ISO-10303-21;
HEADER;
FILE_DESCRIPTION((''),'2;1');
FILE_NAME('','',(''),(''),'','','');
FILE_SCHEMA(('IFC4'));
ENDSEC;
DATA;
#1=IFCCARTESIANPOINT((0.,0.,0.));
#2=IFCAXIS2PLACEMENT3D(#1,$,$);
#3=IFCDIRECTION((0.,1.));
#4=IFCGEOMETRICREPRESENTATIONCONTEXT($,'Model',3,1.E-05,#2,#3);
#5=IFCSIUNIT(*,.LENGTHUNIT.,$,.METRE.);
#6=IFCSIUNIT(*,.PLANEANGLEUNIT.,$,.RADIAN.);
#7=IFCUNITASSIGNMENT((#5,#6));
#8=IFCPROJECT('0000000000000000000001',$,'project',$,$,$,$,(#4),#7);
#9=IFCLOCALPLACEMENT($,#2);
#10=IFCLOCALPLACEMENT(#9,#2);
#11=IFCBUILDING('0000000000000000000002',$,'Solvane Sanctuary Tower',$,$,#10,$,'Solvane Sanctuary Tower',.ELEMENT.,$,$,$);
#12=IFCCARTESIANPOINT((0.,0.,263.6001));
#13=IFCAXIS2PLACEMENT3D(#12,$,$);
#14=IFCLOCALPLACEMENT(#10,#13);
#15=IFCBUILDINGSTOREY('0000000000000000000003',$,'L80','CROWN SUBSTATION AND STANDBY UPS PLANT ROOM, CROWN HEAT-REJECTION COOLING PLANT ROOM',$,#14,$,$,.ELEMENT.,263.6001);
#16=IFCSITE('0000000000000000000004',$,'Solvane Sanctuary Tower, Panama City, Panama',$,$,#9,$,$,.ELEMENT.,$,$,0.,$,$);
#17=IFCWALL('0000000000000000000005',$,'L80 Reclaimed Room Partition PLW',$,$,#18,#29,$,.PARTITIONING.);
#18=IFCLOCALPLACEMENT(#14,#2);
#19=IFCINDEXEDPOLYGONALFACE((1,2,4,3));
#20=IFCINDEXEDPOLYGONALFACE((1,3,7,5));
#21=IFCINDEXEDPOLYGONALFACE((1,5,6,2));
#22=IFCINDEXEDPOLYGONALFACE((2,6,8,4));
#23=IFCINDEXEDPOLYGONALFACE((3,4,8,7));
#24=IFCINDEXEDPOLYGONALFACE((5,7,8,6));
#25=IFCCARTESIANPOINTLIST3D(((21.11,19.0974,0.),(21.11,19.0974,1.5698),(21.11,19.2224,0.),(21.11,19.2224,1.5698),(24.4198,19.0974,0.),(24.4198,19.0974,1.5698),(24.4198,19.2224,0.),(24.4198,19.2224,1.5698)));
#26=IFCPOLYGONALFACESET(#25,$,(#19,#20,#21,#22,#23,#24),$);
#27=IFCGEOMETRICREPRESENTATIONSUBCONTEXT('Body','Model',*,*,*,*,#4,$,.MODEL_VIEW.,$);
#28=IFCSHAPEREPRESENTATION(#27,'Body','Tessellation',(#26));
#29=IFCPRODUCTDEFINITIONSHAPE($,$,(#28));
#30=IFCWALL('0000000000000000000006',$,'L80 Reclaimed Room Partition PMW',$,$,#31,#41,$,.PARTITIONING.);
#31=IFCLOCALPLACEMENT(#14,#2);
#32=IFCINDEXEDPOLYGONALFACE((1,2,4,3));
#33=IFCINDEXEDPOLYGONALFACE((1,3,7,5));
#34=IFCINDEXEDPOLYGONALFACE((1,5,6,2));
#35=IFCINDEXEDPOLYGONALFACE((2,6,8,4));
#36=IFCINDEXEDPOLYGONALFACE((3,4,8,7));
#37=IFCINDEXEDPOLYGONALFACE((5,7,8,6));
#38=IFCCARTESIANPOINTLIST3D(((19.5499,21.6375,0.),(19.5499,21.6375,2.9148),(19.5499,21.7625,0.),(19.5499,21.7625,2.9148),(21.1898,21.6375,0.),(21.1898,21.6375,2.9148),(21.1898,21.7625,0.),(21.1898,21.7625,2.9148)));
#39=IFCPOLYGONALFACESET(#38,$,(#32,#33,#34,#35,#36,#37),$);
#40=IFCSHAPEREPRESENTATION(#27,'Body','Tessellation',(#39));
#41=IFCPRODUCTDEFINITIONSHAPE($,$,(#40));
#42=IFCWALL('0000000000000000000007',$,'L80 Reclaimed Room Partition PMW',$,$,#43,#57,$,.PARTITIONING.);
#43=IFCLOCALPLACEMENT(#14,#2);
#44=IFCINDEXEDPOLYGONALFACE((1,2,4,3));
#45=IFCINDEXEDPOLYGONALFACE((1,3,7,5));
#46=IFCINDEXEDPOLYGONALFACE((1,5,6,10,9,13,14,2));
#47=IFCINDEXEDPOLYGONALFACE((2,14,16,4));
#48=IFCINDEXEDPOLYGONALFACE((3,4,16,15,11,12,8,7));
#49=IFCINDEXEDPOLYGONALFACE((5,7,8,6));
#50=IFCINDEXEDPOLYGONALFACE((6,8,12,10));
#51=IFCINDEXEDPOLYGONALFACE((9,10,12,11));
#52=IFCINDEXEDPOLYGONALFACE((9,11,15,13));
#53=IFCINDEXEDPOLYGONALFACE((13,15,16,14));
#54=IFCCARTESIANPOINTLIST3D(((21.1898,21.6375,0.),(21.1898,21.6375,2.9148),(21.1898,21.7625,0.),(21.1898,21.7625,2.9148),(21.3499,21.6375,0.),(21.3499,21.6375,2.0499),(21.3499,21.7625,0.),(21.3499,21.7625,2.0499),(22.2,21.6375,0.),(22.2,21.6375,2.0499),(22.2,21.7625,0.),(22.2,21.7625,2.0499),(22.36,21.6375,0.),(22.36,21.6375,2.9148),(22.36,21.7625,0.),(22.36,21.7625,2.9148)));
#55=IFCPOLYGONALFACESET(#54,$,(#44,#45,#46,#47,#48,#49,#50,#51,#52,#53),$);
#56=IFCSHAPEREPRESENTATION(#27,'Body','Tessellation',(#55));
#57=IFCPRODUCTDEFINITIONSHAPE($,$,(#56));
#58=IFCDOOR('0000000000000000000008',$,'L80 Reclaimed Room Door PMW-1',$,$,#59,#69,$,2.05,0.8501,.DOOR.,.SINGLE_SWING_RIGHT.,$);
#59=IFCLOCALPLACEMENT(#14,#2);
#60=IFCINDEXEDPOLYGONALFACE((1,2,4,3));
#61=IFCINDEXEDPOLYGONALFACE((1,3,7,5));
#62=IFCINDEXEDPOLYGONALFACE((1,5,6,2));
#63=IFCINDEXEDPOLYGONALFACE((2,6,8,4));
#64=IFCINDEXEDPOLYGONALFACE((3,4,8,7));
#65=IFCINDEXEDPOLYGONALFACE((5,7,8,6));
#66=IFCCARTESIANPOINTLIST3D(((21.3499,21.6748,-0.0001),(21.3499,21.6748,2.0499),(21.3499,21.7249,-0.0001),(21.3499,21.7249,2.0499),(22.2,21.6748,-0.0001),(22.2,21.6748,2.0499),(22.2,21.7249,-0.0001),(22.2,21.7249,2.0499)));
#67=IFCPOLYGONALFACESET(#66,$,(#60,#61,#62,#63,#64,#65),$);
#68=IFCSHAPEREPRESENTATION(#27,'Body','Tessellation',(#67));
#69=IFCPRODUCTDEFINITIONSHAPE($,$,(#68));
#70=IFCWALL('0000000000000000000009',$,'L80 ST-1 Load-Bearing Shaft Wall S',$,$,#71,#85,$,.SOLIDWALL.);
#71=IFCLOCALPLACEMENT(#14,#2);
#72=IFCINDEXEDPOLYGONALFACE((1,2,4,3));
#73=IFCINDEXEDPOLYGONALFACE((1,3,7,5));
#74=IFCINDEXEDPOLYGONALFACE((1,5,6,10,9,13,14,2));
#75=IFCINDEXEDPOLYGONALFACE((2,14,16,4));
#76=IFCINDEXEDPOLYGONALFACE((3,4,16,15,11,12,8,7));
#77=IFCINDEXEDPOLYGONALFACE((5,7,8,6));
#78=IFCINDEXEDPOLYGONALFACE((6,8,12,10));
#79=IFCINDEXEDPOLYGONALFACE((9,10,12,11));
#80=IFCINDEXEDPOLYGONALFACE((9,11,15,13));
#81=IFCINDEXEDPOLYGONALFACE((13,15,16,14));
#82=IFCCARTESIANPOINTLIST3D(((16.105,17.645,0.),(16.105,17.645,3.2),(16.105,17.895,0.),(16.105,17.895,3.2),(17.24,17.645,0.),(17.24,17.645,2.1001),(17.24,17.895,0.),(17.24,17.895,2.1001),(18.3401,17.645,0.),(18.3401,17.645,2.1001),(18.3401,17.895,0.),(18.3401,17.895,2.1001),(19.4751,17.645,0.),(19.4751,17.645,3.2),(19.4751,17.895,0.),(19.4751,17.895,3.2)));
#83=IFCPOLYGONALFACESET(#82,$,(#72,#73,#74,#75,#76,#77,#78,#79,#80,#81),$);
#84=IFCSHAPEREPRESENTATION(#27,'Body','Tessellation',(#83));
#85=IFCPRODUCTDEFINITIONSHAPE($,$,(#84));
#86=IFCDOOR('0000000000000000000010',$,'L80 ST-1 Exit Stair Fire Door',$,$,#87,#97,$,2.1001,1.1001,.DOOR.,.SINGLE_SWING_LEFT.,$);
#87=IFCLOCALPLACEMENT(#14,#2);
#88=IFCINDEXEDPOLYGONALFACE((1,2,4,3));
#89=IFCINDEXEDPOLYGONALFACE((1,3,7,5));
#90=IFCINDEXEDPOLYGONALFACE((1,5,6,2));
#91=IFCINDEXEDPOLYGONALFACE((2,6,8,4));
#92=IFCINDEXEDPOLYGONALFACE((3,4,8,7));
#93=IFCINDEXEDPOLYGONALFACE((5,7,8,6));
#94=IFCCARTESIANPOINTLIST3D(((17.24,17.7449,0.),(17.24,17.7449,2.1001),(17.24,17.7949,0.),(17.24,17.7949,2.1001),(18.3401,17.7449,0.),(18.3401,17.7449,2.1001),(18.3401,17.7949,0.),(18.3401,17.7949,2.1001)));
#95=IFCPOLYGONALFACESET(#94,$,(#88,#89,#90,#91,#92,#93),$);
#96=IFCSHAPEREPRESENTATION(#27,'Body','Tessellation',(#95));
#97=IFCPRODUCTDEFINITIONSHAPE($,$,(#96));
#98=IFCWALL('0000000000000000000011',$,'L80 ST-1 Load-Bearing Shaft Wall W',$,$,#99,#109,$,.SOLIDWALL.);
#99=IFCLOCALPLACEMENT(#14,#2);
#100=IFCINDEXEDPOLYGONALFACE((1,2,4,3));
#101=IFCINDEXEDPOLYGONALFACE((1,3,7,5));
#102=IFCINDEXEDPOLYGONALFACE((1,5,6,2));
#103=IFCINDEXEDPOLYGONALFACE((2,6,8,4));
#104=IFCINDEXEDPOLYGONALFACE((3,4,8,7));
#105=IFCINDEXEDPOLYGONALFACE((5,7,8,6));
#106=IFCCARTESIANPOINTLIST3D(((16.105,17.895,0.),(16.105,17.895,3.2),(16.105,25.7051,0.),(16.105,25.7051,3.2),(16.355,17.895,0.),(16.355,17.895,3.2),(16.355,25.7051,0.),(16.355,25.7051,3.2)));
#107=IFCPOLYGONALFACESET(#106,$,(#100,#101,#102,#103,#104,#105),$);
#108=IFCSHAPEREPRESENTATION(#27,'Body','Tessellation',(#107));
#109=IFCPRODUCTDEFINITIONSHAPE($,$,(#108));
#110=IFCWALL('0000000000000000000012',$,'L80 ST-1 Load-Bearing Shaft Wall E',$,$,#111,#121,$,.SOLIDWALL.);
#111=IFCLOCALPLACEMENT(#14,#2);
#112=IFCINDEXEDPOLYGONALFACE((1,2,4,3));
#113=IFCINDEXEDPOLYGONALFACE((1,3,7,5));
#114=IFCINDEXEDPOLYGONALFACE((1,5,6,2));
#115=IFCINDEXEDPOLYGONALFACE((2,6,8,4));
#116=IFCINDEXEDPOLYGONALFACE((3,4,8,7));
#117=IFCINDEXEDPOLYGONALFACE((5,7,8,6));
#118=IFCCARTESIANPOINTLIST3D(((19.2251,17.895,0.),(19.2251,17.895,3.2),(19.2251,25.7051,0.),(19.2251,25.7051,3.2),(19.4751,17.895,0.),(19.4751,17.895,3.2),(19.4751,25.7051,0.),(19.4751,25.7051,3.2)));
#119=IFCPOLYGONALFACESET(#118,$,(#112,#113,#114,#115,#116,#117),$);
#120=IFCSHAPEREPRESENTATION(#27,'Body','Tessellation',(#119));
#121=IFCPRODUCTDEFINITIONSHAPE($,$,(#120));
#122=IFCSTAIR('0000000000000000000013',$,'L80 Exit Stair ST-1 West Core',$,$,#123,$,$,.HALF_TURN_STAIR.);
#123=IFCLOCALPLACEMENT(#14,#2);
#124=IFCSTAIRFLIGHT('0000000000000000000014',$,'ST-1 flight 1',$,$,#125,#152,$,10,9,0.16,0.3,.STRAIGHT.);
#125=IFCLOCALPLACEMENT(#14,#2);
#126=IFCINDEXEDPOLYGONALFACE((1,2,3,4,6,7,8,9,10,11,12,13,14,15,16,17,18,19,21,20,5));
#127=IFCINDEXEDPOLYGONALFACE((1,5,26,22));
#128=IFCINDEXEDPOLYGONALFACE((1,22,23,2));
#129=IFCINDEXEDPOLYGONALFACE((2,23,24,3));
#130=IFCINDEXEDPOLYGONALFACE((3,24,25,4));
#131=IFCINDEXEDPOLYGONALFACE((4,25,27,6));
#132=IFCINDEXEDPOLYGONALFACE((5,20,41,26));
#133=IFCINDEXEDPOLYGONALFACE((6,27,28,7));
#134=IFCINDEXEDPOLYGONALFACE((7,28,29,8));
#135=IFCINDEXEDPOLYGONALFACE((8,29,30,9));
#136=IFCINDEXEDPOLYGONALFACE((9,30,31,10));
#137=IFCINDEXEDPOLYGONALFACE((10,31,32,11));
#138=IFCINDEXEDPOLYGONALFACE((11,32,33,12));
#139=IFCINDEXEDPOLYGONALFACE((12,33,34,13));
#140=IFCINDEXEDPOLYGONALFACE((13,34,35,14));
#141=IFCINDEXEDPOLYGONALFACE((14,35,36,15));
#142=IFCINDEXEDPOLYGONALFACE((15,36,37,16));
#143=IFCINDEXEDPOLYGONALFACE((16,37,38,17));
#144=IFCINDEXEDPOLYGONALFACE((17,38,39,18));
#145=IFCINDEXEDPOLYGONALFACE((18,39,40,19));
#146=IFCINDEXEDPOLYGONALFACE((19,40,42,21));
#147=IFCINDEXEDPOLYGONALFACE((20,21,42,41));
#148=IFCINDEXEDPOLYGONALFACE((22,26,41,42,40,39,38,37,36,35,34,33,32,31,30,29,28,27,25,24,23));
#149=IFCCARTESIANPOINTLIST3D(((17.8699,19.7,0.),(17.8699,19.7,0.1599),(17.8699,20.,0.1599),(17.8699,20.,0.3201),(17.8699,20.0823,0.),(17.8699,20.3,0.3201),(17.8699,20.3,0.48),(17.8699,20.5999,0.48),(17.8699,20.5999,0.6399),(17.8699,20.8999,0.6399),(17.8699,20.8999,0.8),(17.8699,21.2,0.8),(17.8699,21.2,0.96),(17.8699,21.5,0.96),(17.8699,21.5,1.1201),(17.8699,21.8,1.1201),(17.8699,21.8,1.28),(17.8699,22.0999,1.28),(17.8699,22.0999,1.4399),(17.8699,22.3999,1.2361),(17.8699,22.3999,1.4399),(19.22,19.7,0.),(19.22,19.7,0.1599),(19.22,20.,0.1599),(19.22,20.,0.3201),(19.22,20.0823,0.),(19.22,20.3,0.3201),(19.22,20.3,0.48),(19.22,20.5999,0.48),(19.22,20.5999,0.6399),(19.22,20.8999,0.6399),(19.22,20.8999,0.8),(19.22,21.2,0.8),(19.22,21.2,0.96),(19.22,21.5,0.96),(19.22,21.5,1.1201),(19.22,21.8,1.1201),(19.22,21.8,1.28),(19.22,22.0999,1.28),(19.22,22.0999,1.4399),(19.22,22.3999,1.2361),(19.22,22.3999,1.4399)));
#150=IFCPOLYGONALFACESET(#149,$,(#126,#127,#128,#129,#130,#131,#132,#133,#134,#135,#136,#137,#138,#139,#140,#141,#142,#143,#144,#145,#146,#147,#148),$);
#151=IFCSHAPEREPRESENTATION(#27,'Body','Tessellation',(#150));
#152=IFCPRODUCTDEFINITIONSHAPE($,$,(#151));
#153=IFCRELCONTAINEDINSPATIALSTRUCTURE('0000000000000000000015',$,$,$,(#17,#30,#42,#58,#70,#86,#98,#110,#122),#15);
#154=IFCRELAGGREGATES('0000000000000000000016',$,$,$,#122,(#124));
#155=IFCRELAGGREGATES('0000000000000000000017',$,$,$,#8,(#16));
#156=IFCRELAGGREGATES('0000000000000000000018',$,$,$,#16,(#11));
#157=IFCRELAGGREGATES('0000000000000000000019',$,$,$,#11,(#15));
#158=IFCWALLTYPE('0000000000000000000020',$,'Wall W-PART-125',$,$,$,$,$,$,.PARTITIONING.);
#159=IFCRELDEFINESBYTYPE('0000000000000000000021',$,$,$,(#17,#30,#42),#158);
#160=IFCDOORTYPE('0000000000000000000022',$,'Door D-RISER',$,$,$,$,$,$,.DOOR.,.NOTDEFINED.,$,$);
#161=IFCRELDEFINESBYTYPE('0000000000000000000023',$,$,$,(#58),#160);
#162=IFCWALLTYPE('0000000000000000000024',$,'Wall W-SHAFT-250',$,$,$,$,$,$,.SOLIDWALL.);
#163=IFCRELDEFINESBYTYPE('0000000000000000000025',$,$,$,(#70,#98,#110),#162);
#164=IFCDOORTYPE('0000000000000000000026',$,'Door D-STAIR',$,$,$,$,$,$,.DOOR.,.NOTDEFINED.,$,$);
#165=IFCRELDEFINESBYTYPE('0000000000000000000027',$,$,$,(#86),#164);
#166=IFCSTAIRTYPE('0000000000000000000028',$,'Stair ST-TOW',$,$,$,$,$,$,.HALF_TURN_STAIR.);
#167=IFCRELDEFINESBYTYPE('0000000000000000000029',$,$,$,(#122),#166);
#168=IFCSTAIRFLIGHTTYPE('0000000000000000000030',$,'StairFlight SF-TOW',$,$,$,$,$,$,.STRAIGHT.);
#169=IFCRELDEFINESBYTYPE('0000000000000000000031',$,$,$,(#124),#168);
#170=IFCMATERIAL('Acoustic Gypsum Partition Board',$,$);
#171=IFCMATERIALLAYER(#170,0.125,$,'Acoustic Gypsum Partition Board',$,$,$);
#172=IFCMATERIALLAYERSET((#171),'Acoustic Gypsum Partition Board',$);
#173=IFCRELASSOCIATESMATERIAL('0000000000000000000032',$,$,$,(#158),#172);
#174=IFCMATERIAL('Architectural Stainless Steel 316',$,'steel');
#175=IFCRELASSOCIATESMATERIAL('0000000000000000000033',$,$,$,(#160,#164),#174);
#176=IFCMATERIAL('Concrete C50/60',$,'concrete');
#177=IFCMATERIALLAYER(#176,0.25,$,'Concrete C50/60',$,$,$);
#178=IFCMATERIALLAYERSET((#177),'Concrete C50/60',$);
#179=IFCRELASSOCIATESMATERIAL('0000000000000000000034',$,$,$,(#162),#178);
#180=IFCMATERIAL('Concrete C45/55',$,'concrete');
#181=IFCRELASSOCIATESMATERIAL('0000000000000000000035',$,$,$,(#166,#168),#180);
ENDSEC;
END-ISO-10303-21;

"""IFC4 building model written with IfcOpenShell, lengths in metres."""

from ifc_helpers import new_model, si_unit, direction, frame, frame_2d, origin, place, context, subcontext, project, spatial, polyline, rectangle, outline, extrude, material, layer, layer_set, type_object, element, fill, aggregate, save


model = new_model("IFC4")

# Units and contexts
model_context = context("Model", 3, precision=1e-05, world=origin(), true_north=direction((0.0, 1.0)))
body_context = subcontext(model_context, "Body", "Model", "MODEL_VIEW")
ifc_project = project(units=[si_unit("LENGTHUNIT", "METRE"), si_unit("PLANEANGLEUNIT", "RADIAN")], contexts=[model_context])

# Site, building, storey
site_placement = place(None, origin())
site = spatial("IfcSite", under=ifc_project, at=site_placement, Name="Solvane Sanctuary Tower, Panama City, Panama", CompositionType="ELEMENT", RefElevation=0.0)
building_placement = place(site_placement, origin())
building = spatial("IfcBuilding", under=site, at=building_placement, Name="Solvane Sanctuary Tower", LongName="Solvane Sanctuary Tower", CompositionType="ELEMENT")
storey_placement = place(building_placement, frame((0.0, 0.0, 263.6001)))
storey = spatial("IfcBuildingStorey", under=building, at=storey_placement, Name="L80", Description="CROWN SUBSTATION AND STANDBY UPS PLANT ROOM, CROWN HEAT-REJECTION COOLING PLANT ROOM", CompositionType="ELEMENT", Elevation=263.6001)

# Shared definitions
ifc_material_1 = material(Name="Concrete C50/60", Category="concrete")
ifc_material_2 = material(Name="Acoustic Gypsum Partition Board")
ifc_layer_1 = layer(ifc_material_2, 0.125, Name="Acoustic Gypsum Partition Board")
ifc_layer_set_1 = layer_set([ifc_layer_1], Name="Acoustic Gypsum Partition Board")
wall_type_1 = type_object("IfcWallType", Name="Wall W-PART-125", PredefinedType="PARTITIONING", material=ifc_layer_set_1)

# Shared definitions
ifc_material_3 = material(Name="Architectural Stainless Steel 316", Category="steel")
door_type_1 = type_object("IfcDoorType", Name="Door D-RISER", OperationType="NOTDEFINED", PredefinedType="DOOR", material=ifc_material_3)

# Walls
wall_1_placement = place(storey_placement, frame((21.1101, 19.1599, 0.0), z_axis=(0.0, 0.0, 1.0), x_axis=(1.0, 0.0, 0.0)))
element("IfcWall", 1, at=wall_1_placement, inside=storey, type_object=wall_type_1, Name="L80 Reclaimed Room Partition PLW", PredefinedType="PARTITIONING", context=body_context, shape_type="SweptSolid", body=[
    extrude(rectangle(XDim=3.3098, YDim=0.125, at=frame_2d((1.6548, 0.0))), origin(), (0.0, 0.0, 1.0), 1.5698),
])
wall_2_placement = place(storey_placement, frame((19.55, 21.7, 0.0), z_axis=(0.0, 0.0, 1.0), x_axis=(1.0, 0.0, 0.0)))
element("IfcWall", 2, at=wall_2_placement, inside=storey, type_object=wall_type_1, Name="L80 Reclaimed Room Partition PMW", PredefinedType="PARTITIONING", context=body_context, shape_type="SweptSolid", body=[
    extrude(rectangle(XDim=1.6399, YDim=0.125, at=frame_2d((0.8198, 0.0))), origin(), (0.0, 0.0, 1.0), 2.9148),
])

# Walls, openings, doors
wall_3_placement = place(storey_placement, frame((21.1899, 21.7, 0.0), z_axis=(0.0, 0.0, 1.0), x_axis=(1.0, 0.0, 0.0)))
wall_3 = element("IfcWall", 3, at=wall_3_placement, inside=storey, type_object=wall_type_1, Name="L80 Reclaimed Room Partition PMW", PredefinedType="PARTITIONING", context=body_context, shape_type="SweptSolid", body=[
    extrude(rectangle(XDim=1.1702, YDim=0.125, at=frame_2d((0.585, 0.0))), origin(), (0.0, 0.0, 1.0), 2.9148),
])
opening_1_placement = place(wall_3_placement, frame((0.1599, 0.0, 0.0)))
opening_1 = element("IfcOpeningElement", 4, at=opening_1_placement, cuts=wall_3, PredefinedType="OPENING", context=body_context, shape_type="SweptSolid", body=[
    extrude(rectangle(XDim=0.8501, YDim=2.05, at=frame_2d((0.425, 1.0249))), frame((0.0, 0.0725, 0.0), z_axis=(0.0, -1.0, 0.0), x_axis=(1.0, 0.0, 0.0)), (0.0, 0.0, 1.0), 0.145),
])
door_1_placement = place(opening_1_placement, origin())
door_1 = element("IfcDoor", 5, at=door_1_placement, inside=storey, type_object=door_type_1, Name="L80 Reclaimed Room Door PMW-1", OperationType="SINGLE_SWING_RIGHT", OverallHeight=2.05, OverallWidth=0.8501, PredefinedType="DOOR", context=body_context, shape_type="SweptSolid", body=[
    extrude(rectangle(XDim=0.8501, YDim=2.05, at=frame_2d((0.425, 1.0249))), frame((0.0, 0.0249, 0.0), z_axis=(0.0, -1.0, 0.0), x_axis=(1.0, 0.0, 0.0)), (0.0, 0.0, 1.0), 0.05),
])
fill(opening_1, door_1)
ifc_layer_2 = layer(ifc_material_1, 0.25, Name="Concrete C50/60")
ifc_layer_set_2 = layer_set([ifc_layer_2], Name="Concrete C50/60")
wall_type_2 = type_object("IfcWallType", Name="Wall W-SHAFT-250", PredefinedType="SOLIDWALL", material=ifc_layer_set_2)
wall_4_placement = place(storey_placement, frame((16.105, 17.77, 0.0), z_axis=(0.0, 0.0, 1.0), x_axis=(1.0, 0.0, 0.0)))
wall_4 = element("IfcWall", 6, at=wall_4_placement, inside=storey, type_object=wall_type_2, Name="L80 ST-1 Load-Bearing Shaft Wall S", PredefinedType="SOLIDWALL", context=body_context, shape_type="SweptSolid", body=[
    extrude(rectangle(XDim=3.3701, YDim=0.25, at=frame_2d((1.6851, 0.0))), origin(), (0.0, 0.0, 1.0), 3.2),
])
opening_2_placement = place(wall_4_placement, frame((1.135, 0.0, 0.0)))
opening_2 = element("IfcOpeningElement", 7, at=opening_2_placement, cuts=wall_4, PredefinedType="OPENING", context=body_context, shape_type="SweptSolid", body=[
    extrude(rectangle(XDim=1.1001, YDim=2.1001, at=frame_2d((0.55, 1.05))), frame((0.0, 0.135, 0.0), z_axis=(0.0, -1.0, 0.0), x_axis=(1.0, 0.0, 0.0)), (0.0, 0.0, 1.0), 0.27),
])
door_type_2 = type_object("IfcDoorType", Name="Door D-STAIR", OperationType="NOTDEFINED", PredefinedType="DOOR", material=ifc_material_3)
door_2_placement = place(opening_2_placement, origin())
door_2 = element("IfcDoor", 8, at=door_2_placement, inside=storey, type_object=door_type_2, Name="L80 ST-1 Exit Stair Fire Door", OperationType="SINGLE_SWING_LEFT", OverallHeight=2.1001, OverallWidth=1.1001, PredefinedType="DOOR", context=body_context, shape_type="SweptSolid", body=[
    extrude(rectangle(XDim=1.1001, YDim=2.1001, at=frame_2d((0.55, 1.05))), frame((0.0, 0.0249, 0.0), z_axis=(0.0, -1.0, 0.0), x_axis=(1.0, 0.0, 0.0)), (0.0, 0.0, 1.0), 0.05),
])
fill(opening_2, door_2)

# Walls
for number, where, z_axis, x_axis, name in (
    (9, (16.23, 17.895, 0.0), (0.0, 0.0, 1.0), (0.0, 1.0, 0.0), "L80 ST-1 Load-Bearing Shaft Wall W"),
    (10, (19.3501, 17.895, 0.0), (0.0, 0.0, 1.0), (0.0, 1.0, 0.0), "L80 ST-1 Load-Bearing Shaft Wall E"),
):
    element("IfcWall", number, at=place(storey_placement, frame(where, z_axis=z_axis, x_axis=x_axis)), inside=storey, type_object=wall_type_2, Name=name, PredefinedType="SOLIDWALL", context=body_context, shape_type="SweptSolid", body=[
        extrude(rectangle(XDim=7.8101, YDim=0.25, at=frame_2d((3.905, 0.0))), origin(), (0.0, 0.0, 1.0), 3.2),
    ])

# Stair, stair flight
ifc_material_4 = material(Name="Concrete C45/55", Category="concrete")
stair_type = type_object("IfcStairType", Name="Stair ST-TOW", PredefinedType="HALF_TURN_STAIR", material=ifc_material_4)
stair_placement = place(storey_placement, origin())
stair = element("IfcStair", 11, at=stair_placement, inside=storey, type_object=stair_type, Name="L80 Exit Stair ST-1 West Core", PredefinedType="HALF_TURN_STAIR")
stair_flight_type = type_object("IfcStairFlightType", Name="StairFlight SF-TOW", PredefinedType="STRAIGHT", material=ifc_material_4)
stair_flight_placement = place(storey_placement, frame((18.5449, 19.7, 0.0), z_axis=(0.0, 0.0, 1.0), x_axis=(0.0, 1.0, 0.0)))
stair_flight = element("IfcStairFlight", 12, at=stair_flight_placement, type_object=stair_flight_type, Name="ST-1 flight 1", NumberOfRisers=10, NumberOfTreads=9, PredefinedType="STRAIGHT", RiserHeight=0.16, TreadLength=0.3, context=body_context, shape_type="SweptSolid", body=[
    extrude(outline(polyline([(0.0, 0.0), (0.0, 0.1599), (0.3, 0.1599), (0.3, 0.3201), (0.6001, 0.3201), (0.6001, 0.48), (0.8999, 0.48), (0.8999, 0.6399), (1.2, 0.6399), (1.2, 0.8), (1.5, 0.8), (1.5, 0.96), (1.8, 0.96), (1.8, 1.1201), (2.1001, 1.1201), (2.1001, 1.28), (2.3999, 1.28), (2.3999, 1.4399), (2.7, 1.4399), (2.7, 1.6001), (2.7, 1.2361), (0.3823, 0.0), (0.0, 0.0)])), frame((0.0, 0.675, 0.0), z_axis=(0.0, -1.0, 0.0), x_axis=(1.0, 0.0, 0.0)), (0.0, 0.0, 1.0), 1.3501),
])
aggregate(stair, [stair_flight])

save(model, "model.ifc")
